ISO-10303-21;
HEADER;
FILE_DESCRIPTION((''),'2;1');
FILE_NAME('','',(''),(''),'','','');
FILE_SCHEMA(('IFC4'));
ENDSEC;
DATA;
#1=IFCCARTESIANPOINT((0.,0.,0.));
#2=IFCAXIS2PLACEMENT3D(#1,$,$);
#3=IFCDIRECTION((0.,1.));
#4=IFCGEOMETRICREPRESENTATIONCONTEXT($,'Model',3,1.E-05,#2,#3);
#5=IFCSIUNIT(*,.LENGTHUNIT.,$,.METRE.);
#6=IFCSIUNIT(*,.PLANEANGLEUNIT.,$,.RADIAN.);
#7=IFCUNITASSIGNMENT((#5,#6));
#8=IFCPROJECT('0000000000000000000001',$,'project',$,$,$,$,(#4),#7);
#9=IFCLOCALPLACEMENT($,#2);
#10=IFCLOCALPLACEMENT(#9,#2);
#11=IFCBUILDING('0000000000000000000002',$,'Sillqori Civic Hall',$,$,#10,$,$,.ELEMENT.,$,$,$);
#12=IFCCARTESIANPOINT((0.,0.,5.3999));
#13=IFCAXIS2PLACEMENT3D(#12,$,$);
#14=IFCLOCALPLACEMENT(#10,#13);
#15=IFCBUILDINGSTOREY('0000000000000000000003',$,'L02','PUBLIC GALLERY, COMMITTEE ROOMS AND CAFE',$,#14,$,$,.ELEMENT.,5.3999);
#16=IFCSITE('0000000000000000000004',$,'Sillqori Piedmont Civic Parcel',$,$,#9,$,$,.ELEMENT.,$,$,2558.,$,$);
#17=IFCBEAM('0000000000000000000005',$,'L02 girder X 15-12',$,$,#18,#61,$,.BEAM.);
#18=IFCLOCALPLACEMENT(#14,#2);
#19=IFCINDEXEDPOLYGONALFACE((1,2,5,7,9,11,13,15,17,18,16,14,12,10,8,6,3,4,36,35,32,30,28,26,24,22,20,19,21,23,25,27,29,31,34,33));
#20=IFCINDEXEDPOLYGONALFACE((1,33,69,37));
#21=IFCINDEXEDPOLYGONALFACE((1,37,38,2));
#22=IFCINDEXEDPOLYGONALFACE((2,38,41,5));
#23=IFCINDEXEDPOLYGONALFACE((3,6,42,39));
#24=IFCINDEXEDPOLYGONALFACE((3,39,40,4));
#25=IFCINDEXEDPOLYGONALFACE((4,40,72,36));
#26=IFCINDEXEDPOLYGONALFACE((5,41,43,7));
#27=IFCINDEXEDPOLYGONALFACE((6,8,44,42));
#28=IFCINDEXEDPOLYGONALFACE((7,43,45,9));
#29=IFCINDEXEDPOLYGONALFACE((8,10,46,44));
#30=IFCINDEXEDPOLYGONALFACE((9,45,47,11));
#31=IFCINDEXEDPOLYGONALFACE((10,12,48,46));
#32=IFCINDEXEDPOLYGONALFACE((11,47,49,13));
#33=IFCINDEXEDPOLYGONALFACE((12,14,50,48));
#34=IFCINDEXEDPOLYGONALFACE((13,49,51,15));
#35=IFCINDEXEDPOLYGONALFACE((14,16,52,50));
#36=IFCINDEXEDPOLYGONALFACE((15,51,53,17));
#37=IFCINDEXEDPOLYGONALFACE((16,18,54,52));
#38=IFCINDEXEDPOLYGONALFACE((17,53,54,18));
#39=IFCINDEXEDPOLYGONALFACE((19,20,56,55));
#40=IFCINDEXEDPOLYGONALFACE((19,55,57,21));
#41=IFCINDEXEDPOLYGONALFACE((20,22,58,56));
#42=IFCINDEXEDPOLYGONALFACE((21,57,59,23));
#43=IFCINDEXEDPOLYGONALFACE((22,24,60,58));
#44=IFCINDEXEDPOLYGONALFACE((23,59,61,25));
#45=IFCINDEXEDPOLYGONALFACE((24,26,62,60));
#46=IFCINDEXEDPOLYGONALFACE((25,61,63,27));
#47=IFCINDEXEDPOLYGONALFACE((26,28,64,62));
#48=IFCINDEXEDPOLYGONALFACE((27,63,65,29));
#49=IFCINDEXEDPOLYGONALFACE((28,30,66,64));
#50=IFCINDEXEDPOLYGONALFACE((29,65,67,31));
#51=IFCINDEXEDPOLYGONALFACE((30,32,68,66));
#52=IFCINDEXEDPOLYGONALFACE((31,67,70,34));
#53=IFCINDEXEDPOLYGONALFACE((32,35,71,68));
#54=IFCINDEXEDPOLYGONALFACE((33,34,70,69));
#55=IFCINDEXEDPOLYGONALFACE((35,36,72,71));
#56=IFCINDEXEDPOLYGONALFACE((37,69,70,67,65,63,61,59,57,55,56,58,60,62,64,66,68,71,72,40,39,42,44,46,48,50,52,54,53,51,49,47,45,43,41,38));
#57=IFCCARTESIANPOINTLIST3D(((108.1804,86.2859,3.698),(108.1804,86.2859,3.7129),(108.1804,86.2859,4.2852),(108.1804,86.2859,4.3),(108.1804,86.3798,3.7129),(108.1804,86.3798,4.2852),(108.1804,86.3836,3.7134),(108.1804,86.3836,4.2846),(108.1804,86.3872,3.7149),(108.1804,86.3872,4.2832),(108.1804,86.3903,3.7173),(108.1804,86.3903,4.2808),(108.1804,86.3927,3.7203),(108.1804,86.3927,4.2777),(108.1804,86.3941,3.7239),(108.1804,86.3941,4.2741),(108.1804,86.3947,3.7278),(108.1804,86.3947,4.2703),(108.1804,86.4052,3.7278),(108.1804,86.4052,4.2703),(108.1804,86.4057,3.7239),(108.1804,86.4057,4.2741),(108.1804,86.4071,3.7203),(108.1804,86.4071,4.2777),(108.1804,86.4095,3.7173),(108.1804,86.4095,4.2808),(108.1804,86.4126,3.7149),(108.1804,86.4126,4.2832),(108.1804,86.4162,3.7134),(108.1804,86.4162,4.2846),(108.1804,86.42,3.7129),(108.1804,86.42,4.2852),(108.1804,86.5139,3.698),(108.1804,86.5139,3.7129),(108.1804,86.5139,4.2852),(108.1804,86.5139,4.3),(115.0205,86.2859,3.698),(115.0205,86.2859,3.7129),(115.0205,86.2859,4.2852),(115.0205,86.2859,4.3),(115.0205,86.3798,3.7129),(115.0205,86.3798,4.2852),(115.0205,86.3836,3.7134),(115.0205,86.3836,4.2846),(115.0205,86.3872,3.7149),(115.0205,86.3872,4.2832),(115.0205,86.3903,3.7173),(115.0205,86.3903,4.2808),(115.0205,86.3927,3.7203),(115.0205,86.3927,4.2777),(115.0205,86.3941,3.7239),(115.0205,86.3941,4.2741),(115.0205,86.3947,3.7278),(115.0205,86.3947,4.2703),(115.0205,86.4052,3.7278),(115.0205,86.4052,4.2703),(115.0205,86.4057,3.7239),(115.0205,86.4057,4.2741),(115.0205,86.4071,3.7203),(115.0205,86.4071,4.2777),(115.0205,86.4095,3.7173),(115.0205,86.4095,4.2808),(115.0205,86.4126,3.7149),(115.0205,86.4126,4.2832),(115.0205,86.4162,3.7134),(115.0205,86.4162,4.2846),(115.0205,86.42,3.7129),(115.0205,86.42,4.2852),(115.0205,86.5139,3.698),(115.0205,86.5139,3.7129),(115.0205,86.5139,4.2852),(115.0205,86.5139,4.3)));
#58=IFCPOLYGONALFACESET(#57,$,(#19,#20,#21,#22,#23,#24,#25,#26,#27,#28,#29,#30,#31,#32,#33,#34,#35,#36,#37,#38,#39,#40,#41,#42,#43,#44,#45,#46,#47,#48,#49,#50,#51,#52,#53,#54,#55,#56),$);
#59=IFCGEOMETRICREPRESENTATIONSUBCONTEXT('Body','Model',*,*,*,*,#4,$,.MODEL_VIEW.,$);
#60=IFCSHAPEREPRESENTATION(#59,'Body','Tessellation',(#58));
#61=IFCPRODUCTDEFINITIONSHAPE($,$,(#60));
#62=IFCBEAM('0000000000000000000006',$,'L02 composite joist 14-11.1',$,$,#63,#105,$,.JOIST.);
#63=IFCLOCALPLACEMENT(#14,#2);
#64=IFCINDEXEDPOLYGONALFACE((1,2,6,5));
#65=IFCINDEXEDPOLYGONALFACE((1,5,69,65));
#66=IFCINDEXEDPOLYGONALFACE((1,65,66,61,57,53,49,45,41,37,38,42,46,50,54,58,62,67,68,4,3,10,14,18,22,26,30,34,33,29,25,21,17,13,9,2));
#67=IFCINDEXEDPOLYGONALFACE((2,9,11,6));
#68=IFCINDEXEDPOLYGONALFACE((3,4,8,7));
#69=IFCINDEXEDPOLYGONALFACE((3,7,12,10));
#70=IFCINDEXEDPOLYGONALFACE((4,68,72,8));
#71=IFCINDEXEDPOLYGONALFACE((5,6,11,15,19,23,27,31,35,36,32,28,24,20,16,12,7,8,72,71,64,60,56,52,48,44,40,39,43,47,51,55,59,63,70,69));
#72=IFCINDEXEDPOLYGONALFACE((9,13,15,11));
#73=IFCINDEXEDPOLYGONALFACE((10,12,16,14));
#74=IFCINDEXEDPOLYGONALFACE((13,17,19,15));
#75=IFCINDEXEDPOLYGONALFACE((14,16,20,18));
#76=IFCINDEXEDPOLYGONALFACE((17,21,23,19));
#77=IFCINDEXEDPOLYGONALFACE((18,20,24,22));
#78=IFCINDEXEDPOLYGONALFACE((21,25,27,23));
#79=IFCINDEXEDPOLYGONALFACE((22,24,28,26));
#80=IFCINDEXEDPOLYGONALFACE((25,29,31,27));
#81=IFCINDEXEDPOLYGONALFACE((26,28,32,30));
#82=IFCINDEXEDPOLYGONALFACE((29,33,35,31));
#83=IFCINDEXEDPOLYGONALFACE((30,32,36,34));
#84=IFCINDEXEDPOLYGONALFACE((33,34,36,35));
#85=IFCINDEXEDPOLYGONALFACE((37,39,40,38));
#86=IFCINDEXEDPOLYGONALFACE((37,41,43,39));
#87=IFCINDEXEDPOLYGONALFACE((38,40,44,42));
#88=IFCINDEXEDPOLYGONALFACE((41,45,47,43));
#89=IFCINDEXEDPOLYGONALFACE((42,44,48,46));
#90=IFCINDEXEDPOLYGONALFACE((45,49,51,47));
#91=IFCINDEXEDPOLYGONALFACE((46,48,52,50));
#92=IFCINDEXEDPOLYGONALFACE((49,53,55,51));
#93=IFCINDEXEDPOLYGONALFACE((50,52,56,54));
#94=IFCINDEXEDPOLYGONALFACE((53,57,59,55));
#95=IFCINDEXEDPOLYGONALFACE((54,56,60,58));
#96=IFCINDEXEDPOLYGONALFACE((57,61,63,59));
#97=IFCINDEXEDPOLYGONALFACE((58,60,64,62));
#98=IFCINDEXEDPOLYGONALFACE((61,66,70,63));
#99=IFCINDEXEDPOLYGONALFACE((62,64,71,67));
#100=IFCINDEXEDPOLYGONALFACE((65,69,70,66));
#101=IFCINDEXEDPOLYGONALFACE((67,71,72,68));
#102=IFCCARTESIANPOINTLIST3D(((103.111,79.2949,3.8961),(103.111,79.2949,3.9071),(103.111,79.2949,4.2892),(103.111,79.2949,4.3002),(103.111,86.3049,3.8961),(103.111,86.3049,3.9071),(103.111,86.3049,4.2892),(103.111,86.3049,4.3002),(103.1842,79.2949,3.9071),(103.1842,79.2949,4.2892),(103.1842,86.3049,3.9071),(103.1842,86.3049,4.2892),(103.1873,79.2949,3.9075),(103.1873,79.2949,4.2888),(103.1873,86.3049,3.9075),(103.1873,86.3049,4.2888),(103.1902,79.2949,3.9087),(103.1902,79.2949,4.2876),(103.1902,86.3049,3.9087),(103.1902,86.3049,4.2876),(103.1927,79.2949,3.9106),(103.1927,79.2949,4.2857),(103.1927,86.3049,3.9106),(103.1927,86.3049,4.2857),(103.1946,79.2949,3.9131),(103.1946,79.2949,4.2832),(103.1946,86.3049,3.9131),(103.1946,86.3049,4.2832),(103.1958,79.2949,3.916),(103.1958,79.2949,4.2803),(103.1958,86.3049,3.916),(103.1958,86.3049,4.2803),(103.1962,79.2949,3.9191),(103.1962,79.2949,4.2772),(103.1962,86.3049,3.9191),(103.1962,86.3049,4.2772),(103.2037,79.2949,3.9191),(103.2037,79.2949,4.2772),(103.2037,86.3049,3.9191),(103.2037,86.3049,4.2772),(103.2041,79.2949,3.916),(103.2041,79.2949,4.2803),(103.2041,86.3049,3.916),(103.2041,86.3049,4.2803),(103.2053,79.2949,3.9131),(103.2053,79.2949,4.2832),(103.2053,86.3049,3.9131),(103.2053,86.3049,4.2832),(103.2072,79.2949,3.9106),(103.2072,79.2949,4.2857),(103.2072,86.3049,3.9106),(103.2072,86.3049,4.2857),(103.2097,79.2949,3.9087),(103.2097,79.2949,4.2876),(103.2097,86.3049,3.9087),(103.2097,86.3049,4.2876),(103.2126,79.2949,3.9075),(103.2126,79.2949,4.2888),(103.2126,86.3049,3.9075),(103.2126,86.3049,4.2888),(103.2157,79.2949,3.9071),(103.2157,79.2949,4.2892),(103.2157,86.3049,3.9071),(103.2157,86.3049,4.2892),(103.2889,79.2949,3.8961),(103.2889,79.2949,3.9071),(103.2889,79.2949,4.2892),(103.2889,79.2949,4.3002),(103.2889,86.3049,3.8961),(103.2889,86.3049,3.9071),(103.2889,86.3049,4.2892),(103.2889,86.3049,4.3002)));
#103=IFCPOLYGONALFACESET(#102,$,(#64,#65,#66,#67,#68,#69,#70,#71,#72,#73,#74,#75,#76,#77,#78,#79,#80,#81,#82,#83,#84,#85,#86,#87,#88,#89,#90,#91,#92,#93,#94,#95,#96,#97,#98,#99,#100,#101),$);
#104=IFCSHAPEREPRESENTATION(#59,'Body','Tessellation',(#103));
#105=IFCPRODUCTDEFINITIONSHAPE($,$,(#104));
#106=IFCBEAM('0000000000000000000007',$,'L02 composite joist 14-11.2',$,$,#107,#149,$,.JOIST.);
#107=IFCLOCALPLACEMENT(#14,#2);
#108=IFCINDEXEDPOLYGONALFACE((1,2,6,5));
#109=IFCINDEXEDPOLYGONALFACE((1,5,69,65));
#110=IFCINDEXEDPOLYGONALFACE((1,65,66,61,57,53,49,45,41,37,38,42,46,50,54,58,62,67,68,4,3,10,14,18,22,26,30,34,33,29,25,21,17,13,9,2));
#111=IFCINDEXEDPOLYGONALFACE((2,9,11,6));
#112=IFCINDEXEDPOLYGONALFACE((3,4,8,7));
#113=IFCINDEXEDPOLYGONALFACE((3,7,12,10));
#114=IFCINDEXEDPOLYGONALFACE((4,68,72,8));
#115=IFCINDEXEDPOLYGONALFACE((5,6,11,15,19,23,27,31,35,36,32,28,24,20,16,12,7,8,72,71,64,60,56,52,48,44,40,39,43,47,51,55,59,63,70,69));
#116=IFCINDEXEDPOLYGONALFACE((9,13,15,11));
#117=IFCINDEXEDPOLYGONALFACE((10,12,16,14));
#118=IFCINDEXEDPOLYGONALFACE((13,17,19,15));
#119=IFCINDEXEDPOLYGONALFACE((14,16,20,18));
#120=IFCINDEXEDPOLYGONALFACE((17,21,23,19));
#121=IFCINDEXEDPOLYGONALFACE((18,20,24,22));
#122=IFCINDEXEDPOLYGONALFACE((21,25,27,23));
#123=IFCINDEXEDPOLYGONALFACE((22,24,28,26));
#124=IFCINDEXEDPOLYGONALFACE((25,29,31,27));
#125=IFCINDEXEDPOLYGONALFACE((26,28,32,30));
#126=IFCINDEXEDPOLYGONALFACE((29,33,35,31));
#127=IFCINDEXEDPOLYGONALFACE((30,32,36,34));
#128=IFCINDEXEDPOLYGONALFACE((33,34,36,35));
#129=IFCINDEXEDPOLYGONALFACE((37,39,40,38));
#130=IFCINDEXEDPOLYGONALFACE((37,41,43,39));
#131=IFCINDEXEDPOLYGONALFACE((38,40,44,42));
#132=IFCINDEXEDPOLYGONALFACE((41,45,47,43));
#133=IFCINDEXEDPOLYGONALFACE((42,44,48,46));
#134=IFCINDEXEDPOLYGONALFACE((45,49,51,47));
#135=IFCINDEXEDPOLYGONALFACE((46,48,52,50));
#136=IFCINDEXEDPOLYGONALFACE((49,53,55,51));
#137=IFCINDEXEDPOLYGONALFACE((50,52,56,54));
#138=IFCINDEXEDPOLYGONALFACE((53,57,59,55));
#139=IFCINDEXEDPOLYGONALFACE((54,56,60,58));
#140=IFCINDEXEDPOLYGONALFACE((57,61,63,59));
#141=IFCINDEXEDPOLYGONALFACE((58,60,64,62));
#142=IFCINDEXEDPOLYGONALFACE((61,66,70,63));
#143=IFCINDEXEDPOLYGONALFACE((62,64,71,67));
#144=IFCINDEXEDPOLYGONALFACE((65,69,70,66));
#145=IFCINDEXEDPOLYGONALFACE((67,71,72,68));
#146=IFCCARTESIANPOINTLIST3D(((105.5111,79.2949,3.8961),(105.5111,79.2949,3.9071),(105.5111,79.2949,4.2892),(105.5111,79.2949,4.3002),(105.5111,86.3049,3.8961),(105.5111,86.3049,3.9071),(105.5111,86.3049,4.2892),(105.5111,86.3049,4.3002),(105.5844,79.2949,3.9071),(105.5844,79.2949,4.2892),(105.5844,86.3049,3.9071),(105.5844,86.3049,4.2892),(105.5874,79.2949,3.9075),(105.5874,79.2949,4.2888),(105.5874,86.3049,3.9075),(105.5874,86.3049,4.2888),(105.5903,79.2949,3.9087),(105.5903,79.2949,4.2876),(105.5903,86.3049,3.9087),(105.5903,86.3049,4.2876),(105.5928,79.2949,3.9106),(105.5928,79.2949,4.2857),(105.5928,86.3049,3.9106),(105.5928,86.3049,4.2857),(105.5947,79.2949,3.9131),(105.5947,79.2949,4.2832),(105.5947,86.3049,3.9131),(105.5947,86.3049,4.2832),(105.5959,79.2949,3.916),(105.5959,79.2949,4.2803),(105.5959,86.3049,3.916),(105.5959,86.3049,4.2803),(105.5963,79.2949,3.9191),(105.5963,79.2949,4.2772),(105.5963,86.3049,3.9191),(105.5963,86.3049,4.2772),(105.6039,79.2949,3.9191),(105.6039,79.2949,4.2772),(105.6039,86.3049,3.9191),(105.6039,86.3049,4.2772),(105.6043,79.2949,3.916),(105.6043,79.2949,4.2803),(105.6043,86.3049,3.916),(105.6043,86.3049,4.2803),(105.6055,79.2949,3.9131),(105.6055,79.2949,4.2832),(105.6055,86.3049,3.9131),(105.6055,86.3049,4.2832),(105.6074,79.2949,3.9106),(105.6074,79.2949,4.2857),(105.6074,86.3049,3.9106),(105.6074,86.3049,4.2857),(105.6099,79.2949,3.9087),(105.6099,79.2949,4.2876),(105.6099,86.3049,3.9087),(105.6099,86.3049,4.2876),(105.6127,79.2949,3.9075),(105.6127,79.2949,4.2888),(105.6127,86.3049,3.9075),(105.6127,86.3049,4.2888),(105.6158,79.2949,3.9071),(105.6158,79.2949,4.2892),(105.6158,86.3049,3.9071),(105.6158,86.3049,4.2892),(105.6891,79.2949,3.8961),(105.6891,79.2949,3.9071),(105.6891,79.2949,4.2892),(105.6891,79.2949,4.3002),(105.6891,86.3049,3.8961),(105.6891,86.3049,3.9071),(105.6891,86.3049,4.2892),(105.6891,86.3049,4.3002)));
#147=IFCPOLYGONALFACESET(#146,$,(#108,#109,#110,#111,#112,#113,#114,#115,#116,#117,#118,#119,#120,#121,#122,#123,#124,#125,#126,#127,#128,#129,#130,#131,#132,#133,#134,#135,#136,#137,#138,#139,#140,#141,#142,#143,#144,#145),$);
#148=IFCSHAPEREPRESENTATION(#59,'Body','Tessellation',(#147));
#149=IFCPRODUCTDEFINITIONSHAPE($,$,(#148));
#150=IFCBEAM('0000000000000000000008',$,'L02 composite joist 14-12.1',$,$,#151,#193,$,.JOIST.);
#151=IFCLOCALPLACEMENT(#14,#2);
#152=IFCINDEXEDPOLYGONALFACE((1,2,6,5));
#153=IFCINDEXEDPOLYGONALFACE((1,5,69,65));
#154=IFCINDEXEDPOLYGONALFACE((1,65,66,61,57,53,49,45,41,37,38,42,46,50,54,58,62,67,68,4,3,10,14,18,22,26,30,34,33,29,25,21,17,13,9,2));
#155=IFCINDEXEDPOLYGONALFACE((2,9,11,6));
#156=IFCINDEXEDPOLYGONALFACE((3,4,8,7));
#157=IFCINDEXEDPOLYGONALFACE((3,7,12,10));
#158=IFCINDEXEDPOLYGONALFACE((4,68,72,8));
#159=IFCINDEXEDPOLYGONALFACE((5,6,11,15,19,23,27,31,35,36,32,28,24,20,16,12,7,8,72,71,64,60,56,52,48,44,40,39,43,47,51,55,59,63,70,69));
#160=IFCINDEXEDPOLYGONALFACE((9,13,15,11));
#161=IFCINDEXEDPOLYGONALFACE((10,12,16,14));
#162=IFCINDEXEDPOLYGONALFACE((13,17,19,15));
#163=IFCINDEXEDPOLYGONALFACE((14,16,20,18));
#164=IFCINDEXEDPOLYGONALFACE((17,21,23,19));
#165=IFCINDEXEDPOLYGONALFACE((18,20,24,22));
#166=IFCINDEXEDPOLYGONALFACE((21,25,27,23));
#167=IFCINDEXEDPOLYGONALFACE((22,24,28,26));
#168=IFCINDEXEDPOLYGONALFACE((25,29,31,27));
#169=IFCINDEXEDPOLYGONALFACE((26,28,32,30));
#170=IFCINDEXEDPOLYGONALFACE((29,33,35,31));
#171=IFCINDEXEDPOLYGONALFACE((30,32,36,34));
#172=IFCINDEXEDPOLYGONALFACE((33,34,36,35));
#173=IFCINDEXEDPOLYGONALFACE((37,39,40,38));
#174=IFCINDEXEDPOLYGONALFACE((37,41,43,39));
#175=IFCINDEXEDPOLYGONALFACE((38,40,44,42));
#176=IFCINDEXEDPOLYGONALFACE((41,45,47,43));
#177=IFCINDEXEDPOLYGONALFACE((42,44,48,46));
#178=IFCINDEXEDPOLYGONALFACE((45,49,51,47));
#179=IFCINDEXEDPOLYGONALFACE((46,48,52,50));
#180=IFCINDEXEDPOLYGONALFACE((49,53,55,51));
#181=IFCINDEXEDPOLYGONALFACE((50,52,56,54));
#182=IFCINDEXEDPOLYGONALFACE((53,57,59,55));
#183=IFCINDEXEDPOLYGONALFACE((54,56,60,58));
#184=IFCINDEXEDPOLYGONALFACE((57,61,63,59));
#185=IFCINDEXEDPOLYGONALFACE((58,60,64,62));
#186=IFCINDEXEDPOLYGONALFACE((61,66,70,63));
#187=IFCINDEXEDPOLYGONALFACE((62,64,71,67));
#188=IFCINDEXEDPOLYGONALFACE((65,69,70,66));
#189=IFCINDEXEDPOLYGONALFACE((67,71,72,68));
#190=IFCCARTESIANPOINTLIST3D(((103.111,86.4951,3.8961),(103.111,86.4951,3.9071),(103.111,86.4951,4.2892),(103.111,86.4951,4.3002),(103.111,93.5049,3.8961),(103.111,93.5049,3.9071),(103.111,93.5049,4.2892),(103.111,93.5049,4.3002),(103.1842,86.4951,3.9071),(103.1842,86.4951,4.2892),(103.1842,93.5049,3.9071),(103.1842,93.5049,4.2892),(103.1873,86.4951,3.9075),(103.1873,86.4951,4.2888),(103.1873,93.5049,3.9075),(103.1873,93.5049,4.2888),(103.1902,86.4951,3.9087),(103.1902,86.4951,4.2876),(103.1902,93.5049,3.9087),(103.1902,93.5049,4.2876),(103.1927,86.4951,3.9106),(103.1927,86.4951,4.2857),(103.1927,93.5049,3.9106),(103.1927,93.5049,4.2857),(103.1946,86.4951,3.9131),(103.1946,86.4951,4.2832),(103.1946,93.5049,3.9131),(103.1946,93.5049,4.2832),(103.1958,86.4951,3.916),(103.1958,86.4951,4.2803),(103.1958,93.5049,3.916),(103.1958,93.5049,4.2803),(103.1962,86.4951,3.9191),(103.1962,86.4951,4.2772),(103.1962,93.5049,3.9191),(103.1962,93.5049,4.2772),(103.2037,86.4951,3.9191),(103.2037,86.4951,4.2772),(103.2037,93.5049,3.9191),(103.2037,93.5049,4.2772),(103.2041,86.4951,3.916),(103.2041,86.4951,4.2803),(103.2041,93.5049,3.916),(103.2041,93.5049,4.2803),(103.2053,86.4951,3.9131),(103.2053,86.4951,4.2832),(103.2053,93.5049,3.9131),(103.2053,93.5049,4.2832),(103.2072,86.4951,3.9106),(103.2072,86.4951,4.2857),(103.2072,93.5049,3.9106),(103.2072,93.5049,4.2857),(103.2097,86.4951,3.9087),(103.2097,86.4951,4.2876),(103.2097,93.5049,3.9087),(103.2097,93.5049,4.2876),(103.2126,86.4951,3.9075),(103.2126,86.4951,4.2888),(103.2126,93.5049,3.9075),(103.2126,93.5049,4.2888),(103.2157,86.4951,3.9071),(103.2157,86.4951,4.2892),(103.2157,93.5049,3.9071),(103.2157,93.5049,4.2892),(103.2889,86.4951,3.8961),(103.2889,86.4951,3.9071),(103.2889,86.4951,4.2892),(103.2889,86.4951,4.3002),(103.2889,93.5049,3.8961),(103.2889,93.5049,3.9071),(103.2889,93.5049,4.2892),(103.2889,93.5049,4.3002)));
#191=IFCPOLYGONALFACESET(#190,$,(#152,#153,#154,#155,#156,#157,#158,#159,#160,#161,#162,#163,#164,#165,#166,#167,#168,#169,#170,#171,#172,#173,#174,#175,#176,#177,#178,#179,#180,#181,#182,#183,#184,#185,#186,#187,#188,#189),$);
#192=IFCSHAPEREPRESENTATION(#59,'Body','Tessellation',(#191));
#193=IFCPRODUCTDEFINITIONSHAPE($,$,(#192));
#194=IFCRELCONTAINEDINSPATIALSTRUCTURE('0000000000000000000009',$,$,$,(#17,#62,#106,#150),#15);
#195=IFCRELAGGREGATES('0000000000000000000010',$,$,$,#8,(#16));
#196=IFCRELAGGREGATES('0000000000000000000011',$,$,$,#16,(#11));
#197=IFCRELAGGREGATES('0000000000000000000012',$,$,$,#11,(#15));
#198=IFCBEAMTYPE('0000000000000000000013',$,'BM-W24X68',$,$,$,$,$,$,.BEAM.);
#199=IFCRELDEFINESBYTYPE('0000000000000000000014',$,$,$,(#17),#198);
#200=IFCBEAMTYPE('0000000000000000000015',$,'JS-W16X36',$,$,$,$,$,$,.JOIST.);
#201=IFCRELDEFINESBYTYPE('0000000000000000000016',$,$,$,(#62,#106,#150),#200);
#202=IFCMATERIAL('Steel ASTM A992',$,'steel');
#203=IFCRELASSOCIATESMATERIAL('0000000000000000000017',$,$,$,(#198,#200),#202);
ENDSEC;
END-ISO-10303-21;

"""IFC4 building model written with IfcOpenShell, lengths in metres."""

from ifc_helpers import new_model, si_unit, direction, frame, origin, origin_2d, place, context, subcontext, project, spatial, i_section, extrude, material, material_profile, profile_set, type_object, element, save


model = new_model("IFC4")

# Units and contexts
model_context = context("Model", 3, precision=1e-05, world=origin(), true_north=direction((0.0, 1.0)))
body_context = subcontext(model_context, "Body", "Model", "MODEL_VIEW")
ifc_project = project(units=[si_unit("LENGTHUNIT", "METRE"), si_unit("PLANEANGLEUNIT", "RADIAN")], contexts=[model_context])

# Site, building, storey
site_placement = place(None, origin())
site = spatial("IfcSite", under=ifc_project, at=site_placement, Name="Sillqori Piedmont Civic Parcel", CompositionType="ELEMENT", RefElevation=2558.0)
building_placement = place(site_placement, origin())
building = spatial("IfcBuilding", under=site, at=building_placement, Name="Sillqori Civic Hall", CompositionType="ELEMENT")
storey_placement = place(building_placement, frame((0.0, 0.0, 5.3999)))
storey = spatial("IfcBuildingStorey", under=building, at=storey_placement, Name="L02", Description="PUBLIC GALLERY, COMMITTEE ROOMS AND CAFE", CompositionType="ELEMENT", Elevation=5.3999)

# Shared definitions
ifc_material_1 = material(Name="Steel ASTM A992", Category="steel")

# Beams
ifc_material_profile_1 = material_profile(ifc_material_1, i_section(OverallWidth=0.228, OverallDepth=0.6021, WebThickness=0.0105, FlangeThickness=0.0149, FilletRadius=0.0149, at=origin_2d()), Name="W24X68")
ifc_profile_set_1 = profile_set([ifc_material_profile_1], Name="Steel ASTM A992")
beam_type_1 = type_object("IfcBeamType", Name="BM-W24X68", PredefinedType="BEAM", material=ifc_profile_set_1)
beam_1_placement = place(storey_placement, frame((108.1804, 86.3999, 3.999), z_axis=(1.0, 0.0, 0.0), x_axis=(0.0, 1.0, 0.0)))
element("IfcBeam", 1, at=beam_1_placement, inside=storey, type_object=beam_type_1, Name="L02 girder X 15-12", PredefinedType="BEAM", context=body_context, shape_type="SweptSolid", body=[
    extrude(i_section(OverallWidth=0.228, OverallDepth=0.6021, WebThickness=0.0105, FlangeThickness=0.0149, FilletRadius=0.0149, at=origin_2d()), origin(), (0.0, 0.0, 1.0), 6.8401),
])
ifc_material_profile_2 = material_profile(ifc_material_1, i_section(OverallWidth=0.178, OverallDepth=0.4041, WebThickness=0.0076, FlangeThickness=0.011, FilletRadius=0.012, at=origin_2d()), Name="W16X36")
ifc_profile_set_2 = profile_set([ifc_material_profile_2], Name="Steel ASTM A992")
beam_type_2 = type_object("IfcBeamType", Name="JS-W16X36", PredefinedType="JOIST", material=ifc_profile_set_2)
for number, where, z_axis, x_axis, name in (
    (2, (103.2, 79.2949, 4.0981), (0.0, 1.0, 0.0), (-1.0, 0.0, 0.0), "L02 composite joist 14-11.1"),
    (3, (105.6001, 79.2949, 4.0981), (0.0, 1.0, 0.0), (-1.0, 0.0, 0.0), "L02 composite joist 14-11.2"),
):
    element("IfcBeam", number, at=place(storey_placement, frame(where, z_axis=z_axis, x_axis=x_axis)), inside=storey, type_object=beam_type_2, Name=name, PredefinedType="JOIST", context=body_context, shape_type="SweptSolid", body=[
        extrude(i_section(OverallWidth=0.178, OverallDepth=0.4041, WebThickness=0.0076, FlangeThickness=0.011, FilletRadius=0.012, at=origin_2d()), origin(), (0.0, 0.0, 1.0), 7.01),
    ])
beam_2_placement = place(storey_placement, frame((103.2, 86.4951, 4.0981), z_axis=(0.0, 1.0, 0.0), x_axis=(-1.0, 0.0, 0.0)))
element("IfcBeam", 4, at=beam_2_placement, inside=storey, type_object=beam_type_2, Name="L02 composite joist 14-12.1", PredefinedType="JOIST", context=body_context, shape_type="SweptSolid", body=[
    extrude(i_section(OverallWidth=0.178, OverallDepth=0.4041, WebThickness=0.0076, FlangeThickness=0.011, FilletRadius=0.012, at=origin_2d()), origin(), (0.0, 0.0, 1.0), 7.0098),
])

save(model, "model.ifc")
